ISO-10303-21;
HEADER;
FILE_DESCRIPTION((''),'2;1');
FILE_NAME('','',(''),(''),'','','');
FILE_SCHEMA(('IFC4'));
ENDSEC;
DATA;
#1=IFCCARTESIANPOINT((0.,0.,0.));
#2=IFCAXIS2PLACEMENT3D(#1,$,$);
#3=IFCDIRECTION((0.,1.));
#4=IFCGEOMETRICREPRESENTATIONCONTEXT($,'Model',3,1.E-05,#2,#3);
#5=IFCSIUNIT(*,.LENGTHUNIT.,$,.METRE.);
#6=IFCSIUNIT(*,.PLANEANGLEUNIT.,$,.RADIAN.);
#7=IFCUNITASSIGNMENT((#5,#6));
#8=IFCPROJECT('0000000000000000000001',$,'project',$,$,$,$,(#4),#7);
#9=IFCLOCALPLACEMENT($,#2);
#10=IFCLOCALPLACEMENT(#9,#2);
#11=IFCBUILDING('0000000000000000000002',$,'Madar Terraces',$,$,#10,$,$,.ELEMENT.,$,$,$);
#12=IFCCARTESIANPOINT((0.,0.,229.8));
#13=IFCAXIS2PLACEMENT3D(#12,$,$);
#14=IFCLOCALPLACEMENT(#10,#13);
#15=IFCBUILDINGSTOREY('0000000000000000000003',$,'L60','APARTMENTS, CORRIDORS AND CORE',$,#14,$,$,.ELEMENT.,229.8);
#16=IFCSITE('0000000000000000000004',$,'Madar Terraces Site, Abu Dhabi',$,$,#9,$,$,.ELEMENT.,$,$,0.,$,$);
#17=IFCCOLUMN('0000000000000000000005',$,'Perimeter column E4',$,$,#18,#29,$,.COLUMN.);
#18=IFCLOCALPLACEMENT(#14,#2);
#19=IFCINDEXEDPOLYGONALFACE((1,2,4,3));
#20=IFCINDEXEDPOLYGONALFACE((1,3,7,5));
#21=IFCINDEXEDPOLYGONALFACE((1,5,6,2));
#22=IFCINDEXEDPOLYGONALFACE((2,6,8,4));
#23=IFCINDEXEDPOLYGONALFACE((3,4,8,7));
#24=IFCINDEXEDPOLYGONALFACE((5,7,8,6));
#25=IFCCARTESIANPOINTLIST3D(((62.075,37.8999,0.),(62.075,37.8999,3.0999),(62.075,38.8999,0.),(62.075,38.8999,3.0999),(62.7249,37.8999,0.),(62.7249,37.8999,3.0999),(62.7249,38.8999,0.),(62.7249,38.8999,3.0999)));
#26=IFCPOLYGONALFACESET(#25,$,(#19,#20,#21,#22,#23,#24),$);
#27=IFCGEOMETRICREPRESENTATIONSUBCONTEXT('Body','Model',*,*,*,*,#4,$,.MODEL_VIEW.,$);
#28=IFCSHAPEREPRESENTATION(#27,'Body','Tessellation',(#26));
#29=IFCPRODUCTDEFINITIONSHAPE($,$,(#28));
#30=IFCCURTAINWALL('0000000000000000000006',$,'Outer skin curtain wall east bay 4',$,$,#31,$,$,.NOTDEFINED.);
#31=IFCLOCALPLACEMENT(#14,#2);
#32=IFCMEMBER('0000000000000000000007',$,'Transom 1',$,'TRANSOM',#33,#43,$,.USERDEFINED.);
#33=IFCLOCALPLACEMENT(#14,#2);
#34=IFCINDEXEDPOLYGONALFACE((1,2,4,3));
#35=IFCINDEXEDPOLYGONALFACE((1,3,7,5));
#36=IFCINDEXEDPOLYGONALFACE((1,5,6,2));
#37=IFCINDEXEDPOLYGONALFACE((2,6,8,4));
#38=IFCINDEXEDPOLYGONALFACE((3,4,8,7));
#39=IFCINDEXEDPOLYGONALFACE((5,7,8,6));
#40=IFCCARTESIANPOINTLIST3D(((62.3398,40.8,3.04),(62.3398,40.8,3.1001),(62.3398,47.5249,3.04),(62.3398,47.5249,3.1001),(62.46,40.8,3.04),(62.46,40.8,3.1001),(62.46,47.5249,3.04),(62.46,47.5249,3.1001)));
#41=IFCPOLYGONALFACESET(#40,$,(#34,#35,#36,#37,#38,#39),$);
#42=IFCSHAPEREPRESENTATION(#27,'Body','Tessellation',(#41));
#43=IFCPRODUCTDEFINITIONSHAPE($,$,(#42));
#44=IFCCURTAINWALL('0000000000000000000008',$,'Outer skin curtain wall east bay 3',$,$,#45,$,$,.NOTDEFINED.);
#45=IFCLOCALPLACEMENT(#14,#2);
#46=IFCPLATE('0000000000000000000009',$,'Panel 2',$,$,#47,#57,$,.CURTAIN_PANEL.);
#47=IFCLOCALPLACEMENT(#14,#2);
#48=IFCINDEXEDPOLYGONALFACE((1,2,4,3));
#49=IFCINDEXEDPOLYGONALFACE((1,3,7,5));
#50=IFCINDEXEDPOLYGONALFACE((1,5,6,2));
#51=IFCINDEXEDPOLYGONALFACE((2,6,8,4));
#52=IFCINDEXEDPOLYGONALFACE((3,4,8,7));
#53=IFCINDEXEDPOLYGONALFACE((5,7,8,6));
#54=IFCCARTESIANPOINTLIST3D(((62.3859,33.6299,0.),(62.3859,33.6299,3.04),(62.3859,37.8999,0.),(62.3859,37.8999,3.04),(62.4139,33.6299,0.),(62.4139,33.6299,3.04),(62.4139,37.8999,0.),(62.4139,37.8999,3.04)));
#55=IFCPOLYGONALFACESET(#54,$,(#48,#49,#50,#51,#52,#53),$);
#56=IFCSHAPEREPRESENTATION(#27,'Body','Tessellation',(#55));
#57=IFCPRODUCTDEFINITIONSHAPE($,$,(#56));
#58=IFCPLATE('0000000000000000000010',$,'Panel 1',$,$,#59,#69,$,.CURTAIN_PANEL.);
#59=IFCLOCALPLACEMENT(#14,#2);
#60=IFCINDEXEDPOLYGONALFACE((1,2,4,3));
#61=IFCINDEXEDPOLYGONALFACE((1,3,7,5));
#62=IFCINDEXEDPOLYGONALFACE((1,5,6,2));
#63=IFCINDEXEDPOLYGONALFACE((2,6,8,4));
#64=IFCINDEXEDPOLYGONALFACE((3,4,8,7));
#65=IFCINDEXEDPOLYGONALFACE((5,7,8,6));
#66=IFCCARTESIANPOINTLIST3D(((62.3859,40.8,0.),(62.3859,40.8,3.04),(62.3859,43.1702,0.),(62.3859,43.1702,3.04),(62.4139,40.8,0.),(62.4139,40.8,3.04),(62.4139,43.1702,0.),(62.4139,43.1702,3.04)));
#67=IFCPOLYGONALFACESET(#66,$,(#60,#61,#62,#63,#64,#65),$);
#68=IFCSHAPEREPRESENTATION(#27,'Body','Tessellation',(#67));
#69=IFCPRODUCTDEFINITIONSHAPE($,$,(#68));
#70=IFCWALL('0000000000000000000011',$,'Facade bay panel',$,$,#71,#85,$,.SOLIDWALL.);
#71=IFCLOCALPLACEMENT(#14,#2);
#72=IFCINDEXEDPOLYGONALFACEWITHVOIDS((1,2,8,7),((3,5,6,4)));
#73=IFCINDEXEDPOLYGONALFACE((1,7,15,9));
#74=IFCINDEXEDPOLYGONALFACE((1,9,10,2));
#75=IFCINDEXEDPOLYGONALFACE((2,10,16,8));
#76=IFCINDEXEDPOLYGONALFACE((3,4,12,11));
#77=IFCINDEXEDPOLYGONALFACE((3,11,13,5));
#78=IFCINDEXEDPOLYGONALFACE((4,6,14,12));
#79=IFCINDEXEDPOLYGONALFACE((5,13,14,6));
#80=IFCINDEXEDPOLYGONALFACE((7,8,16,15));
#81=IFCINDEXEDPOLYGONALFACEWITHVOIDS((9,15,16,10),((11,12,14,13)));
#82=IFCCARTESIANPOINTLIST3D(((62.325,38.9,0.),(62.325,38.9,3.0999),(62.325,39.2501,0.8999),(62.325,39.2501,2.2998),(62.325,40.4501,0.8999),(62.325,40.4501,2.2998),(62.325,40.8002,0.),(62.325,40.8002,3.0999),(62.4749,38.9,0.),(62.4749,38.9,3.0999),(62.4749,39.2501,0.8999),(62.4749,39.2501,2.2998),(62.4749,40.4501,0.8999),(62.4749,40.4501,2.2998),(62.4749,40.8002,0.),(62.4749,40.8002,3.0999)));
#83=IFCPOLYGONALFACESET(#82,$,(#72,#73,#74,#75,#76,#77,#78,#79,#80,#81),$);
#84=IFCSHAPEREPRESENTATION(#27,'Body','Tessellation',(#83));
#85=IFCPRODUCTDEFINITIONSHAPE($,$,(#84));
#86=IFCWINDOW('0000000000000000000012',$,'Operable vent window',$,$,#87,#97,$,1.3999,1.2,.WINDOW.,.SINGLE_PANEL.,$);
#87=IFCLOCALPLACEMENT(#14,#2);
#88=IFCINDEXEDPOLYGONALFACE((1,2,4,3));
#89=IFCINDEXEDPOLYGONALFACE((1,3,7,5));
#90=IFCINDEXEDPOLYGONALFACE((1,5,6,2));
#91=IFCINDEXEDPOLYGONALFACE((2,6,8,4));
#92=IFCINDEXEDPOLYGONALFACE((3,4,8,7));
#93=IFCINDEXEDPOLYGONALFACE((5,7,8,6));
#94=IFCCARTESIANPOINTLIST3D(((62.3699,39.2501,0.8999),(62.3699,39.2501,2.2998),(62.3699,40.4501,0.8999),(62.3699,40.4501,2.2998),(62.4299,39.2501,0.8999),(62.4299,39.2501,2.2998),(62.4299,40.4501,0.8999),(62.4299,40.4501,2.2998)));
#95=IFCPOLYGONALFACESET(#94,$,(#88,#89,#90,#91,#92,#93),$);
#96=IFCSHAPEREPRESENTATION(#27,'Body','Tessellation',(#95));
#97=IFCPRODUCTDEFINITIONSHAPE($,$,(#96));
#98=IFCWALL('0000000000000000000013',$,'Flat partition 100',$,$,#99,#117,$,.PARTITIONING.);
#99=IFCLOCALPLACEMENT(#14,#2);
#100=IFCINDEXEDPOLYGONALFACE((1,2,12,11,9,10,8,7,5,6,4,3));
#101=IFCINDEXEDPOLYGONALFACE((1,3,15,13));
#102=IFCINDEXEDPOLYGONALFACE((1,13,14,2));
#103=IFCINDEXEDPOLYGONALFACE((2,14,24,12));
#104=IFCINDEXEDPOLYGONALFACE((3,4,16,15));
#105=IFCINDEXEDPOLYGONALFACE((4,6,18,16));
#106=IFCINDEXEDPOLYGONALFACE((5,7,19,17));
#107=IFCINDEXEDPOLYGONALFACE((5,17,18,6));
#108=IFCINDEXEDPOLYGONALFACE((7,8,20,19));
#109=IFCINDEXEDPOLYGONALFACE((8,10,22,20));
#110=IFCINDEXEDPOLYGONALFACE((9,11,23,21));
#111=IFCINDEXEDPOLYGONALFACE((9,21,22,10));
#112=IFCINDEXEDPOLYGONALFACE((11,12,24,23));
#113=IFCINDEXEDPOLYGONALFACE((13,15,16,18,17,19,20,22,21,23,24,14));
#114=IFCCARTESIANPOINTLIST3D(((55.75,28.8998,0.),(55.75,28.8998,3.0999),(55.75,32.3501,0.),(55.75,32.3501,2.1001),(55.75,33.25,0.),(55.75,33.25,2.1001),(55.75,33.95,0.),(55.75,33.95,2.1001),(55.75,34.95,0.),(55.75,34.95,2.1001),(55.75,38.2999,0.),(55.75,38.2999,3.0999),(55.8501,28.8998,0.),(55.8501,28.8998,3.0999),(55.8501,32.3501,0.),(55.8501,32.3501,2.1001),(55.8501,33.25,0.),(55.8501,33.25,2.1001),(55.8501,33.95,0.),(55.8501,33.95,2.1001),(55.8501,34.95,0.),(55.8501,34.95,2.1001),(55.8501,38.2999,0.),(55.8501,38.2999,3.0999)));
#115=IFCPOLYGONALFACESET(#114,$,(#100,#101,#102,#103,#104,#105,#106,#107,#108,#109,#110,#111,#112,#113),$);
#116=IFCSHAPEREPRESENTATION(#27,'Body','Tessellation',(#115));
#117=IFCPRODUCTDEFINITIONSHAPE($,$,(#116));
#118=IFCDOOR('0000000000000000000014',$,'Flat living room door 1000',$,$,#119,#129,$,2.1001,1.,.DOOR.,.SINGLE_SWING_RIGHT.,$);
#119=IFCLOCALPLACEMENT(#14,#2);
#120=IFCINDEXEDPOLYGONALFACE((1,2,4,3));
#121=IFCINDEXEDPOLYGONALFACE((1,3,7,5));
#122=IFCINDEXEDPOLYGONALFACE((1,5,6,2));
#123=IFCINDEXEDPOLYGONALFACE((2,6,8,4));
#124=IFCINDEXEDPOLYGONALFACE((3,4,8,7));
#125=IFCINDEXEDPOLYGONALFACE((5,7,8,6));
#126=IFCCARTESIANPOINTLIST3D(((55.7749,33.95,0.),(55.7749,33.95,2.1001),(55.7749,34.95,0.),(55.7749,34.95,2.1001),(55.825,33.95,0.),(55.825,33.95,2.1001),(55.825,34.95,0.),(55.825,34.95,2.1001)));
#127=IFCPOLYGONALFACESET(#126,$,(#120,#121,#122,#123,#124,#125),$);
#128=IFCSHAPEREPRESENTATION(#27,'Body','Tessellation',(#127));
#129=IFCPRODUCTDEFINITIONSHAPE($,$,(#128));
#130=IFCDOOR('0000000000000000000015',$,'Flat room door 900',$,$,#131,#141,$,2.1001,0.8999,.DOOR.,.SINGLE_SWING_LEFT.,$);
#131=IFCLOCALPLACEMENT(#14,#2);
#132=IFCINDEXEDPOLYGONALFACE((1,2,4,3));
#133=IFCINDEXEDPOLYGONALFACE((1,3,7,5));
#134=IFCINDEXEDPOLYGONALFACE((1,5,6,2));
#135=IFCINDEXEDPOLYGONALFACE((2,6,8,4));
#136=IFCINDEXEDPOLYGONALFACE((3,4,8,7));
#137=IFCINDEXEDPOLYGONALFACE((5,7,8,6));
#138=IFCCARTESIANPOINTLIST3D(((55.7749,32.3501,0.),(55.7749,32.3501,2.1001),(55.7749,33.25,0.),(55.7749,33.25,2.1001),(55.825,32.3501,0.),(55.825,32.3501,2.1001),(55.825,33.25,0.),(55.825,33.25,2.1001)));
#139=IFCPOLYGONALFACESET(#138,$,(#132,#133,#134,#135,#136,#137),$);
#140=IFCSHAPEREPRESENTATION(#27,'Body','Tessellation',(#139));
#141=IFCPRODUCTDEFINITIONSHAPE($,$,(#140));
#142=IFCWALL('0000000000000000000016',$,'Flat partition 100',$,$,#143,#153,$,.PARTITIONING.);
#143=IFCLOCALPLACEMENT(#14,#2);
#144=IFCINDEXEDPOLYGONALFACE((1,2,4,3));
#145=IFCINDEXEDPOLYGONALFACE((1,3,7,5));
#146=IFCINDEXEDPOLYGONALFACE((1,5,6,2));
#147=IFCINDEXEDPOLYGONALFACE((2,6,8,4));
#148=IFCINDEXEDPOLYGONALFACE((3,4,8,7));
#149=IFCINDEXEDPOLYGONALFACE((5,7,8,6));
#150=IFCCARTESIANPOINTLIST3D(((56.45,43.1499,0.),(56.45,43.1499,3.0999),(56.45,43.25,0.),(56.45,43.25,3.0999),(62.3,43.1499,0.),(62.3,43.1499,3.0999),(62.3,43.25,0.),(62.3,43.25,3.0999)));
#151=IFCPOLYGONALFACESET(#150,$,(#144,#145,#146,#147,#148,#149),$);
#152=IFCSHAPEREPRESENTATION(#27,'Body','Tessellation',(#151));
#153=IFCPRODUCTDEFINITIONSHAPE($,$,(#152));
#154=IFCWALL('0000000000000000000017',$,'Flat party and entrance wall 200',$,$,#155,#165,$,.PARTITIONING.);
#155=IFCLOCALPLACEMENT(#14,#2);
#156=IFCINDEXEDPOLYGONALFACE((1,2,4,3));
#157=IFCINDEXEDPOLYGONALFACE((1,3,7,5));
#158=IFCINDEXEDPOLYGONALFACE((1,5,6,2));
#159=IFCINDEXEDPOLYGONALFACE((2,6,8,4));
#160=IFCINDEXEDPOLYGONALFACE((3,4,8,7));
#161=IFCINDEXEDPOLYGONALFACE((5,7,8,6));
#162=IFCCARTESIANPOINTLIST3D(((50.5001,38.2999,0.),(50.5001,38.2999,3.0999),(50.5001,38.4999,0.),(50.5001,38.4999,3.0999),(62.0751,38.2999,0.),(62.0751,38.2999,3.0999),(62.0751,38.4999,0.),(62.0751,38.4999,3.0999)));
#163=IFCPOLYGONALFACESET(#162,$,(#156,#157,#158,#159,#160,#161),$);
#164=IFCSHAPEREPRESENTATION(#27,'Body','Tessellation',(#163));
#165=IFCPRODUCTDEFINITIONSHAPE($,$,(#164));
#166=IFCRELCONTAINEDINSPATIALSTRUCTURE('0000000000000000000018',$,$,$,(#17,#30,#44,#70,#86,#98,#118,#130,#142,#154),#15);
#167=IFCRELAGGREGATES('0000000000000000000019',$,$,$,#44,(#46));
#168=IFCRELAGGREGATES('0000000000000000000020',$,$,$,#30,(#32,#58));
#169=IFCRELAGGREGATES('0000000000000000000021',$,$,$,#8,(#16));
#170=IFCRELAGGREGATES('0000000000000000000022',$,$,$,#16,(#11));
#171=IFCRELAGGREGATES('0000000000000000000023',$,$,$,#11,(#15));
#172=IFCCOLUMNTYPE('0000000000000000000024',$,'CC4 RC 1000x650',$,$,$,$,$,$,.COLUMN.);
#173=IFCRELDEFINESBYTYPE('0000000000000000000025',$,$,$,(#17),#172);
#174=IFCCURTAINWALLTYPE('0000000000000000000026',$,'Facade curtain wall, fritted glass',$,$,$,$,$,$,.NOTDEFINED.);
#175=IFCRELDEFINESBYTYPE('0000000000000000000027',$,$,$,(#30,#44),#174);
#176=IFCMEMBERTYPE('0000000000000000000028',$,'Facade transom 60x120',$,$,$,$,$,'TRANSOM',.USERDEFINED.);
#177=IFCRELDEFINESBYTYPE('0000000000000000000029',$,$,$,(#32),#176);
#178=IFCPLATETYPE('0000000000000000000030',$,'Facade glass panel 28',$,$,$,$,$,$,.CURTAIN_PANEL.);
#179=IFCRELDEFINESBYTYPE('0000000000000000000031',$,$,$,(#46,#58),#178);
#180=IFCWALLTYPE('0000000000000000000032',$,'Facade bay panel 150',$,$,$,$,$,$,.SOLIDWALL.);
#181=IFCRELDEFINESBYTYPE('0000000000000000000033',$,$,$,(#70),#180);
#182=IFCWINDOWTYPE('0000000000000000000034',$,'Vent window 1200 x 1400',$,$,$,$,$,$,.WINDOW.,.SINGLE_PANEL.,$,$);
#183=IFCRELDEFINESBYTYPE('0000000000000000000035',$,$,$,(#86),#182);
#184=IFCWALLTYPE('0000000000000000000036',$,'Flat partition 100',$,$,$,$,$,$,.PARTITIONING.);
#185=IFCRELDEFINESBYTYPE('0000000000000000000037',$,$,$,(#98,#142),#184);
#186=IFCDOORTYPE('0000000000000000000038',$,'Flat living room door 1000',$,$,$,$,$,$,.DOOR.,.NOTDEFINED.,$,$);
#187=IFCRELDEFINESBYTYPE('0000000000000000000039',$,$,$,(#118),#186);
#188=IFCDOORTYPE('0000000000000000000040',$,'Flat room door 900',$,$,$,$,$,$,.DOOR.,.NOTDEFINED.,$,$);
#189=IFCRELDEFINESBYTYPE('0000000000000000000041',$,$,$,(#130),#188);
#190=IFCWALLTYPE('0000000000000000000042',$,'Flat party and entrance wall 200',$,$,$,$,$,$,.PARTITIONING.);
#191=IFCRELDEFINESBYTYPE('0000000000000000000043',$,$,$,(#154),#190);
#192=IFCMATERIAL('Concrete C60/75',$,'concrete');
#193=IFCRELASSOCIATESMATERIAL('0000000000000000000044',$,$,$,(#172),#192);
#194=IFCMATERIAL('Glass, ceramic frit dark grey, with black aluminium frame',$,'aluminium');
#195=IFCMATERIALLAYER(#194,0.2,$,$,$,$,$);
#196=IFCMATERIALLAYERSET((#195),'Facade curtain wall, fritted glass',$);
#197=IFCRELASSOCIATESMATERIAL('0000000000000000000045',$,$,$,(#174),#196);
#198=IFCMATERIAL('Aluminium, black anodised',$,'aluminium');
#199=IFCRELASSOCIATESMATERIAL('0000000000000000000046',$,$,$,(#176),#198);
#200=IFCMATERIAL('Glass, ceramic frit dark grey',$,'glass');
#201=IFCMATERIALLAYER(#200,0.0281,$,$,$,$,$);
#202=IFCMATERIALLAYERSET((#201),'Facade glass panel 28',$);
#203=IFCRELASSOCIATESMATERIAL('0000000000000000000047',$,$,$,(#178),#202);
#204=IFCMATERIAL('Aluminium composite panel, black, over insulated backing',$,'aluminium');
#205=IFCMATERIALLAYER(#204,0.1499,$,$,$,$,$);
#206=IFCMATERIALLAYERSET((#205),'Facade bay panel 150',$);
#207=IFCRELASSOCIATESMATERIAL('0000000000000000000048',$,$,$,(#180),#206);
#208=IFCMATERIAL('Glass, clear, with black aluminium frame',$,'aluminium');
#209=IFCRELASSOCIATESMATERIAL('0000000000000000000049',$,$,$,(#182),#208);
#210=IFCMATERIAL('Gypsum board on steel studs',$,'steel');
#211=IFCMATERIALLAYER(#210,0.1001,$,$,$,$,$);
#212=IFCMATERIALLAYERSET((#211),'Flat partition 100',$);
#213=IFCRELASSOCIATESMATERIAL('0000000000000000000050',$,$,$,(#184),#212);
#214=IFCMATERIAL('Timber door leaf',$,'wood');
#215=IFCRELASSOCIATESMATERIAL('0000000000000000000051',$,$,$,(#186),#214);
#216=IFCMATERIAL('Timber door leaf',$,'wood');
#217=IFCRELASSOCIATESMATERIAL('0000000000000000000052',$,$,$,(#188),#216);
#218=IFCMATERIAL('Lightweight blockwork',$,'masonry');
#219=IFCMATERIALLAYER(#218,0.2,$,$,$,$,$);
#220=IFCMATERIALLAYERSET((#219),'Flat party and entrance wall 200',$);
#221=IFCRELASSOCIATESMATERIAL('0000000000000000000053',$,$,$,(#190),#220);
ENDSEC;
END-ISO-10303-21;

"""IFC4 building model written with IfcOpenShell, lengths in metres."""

from ifc_helpers import new_model, si_unit, direction, frame, frame_2d, origin, origin_2d, place, context, subcontext, project, spatial, rectangle, extrude, material, layer, layer_set, material_profile, profile_set, type_object, element, fill, aggregate, save


model = new_model("IFC4")

# Units and contexts
model_context = context("Model", 3, precision=1e-05, world=origin(), true_north=direction((0.0, 1.0)))
body_context = subcontext(model_context, "Body", "Model", "MODEL_VIEW")
ifc_project = project(units=[si_unit("LENGTHUNIT", "METRE"), si_unit("PLANEANGLEUNIT", "RADIAN")], contexts=[model_context])

# Site, building, storey
site_placement = place(None, origin())
site = spatial("IfcSite", under=ifc_project, at=site_placement, Name="Madar Terraces Site, Abu Dhabi", CompositionType="ELEMENT", RefElevation=0.0)
building_placement = place(site_placement, origin())
building = spatial("IfcBuilding", under=site, at=building_placement, Name="Madar Terraces", CompositionType="ELEMENT")
storey_placement = place(building_placement, frame((0.0, 0.0, 229.8)))
storey = spatial("IfcBuildingStorey", under=building, at=storey_placement, Name="L60", Description="APARTMENTS, CORRIDORS AND CORE", CompositionType="ELEMENT", Elevation=229.8)

# Column
ifc_material_1 = material(Name="Concrete C60/75", Category="concrete")
ifc_material_profile_1 = material_profile(ifc_material_1, rectangle(XDim=1.0, YDim=0.6499, at=origin_2d()), Name="CC4 RC 1000x650")
ifc_profile_set_1 = profile_set([ifc_material_profile_1], Name="Concrete C60/75")
column_type = type_object("IfcColumnType", Name="CC4 RC 1000x650", PredefinedType="COLUMN", material=ifc_profile_set_1)
column_placement = place(storey_placement, frame((62.3999, 38.3999, 0.0), z_axis=(0.0, 0.0, 1.0), x_axis=(0.0, 1.0, 0.0)))
element("IfcColumn", 1, at=column_placement, inside=storey, type_object=column_type, Name="Perimeter column E4", PredefinedType="COLUMN", context=body_context, shape_type="SweptSolid", body=[
    extrude(rectangle(XDim=1.0, YDim=0.6499, at=origin_2d()), origin(), (0.0, 0.0, 1.0), 3.0999),
])

# Curtain wall, member
ifc_material_2 = material(Name="Glass, ceramic frit dark grey, with black aluminium frame", Category="aluminium")
ifc_layer_1 = layer(ifc_material_2, 0.2)
ifc_layer_set_1 = layer_set([ifc_layer_1], Name="Facade curtain wall, fritted glass")
curtain_wall_type = type_object("IfcCurtainWallType", Name="Facade curtain wall, fritted glass", PredefinedType="NOTDEFINED", material=ifc_layer_set_1)
curtain_wall_1_placement = place(storey_placement, origin())
curtain_wall_1 = element("IfcCurtainWall", 2, at=curtain_wall_1_placement, inside=storey, type_object=curtain_wall_type, Name="Outer skin curtain wall east bay 4", PredefinedType="NOTDEFINED")
ifc_material_3 = material(Name="Aluminium, black anodised", Category="aluminium")
ifc_material_profile_2 = material_profile(ifc_material_3, rectangle(XDim=0.1201, YDim=0.0601, at=origin_2d()), Name="Facade transom 60x120")
ifc_profile_set_2 = profile_set([ifc_material_profile_2], Name="Aluminium, black anodised")
member_type = type_object("IfcMemberType", Name="Facade transom 60x120", ElementType="TRANSOM", PredefinedType="USERDEFINED", material=ifc_profile_set_2)
member_placement = place(storey_placement, frame((62.3999, 40.8, 3.0701), z_axis=(0.0, 1.0, 0.0), x_axis=(-1.0, 0.0, 0.0)))
member = element("IfcMember", 3, at=member_placement, type_object=member_type, Name="Transom 1", ObjectType="TRANSOM", PredefinedType="USERDEFINED", context=body_context, shape_type="SweptSolid", body=[
    extrude(rectangle(XDim=0.1201, YDim=0.0601, at=origin_2d()), origin(), (0.0, 0.0, 1.0), 6.7249),
])

# Curtain wall, plate
curtain_wall_2_placement = place(storey_placement, origin())
curtain_wall_2 = element("IfcCurtainWall", 4, at=curtain_wall_2_placement, inside=storey, type_object=curtain_wall_type, Name="Outer skin curtain wall east bay 3", PredefinedType="NOTDEFINED")
ifc_material_4 = material(Name="Glass, ceramic frit dark grey", Category="glass")
ifc_layer_2 = layer(ifc_material_4, 0.0281)
ifc_layer_set_2 = layer_set([ifc_layer_2], Name="Facade glass panel 28")
plate_type = type_object("IfcPlateType", Name="Facade glass panel 28", PredefinedType="CURTAIN_PANEL", material=ifc_layer_set_2)
plate_1_placement = place(storey_placement, frame((62.3999, 35.7649, 0.0), z_axis=(0.0, 0.0, 1.0), x_axis=(0.0, 1.0, 0.0)))
plate_1 = element("IfcPlate", 5, at=plate_1_placement, type_object=plate_type, Name="Panel 2", PredefinedType="CURTAIN_PANEL", context=body_context, shape_type="SweptSolid", body=[
    extrude(rectangle(XDim=4.27, YDim=0.0281, at=origin_2d()), origin(), (0.0, 0.0, 1.0), 3.04),
])
aggregate(curtain_wall_2, [plate_1])

# Plate
plate_2_placement = place(storey_placement, frame((62.3999, 41.9851, 0.0), z_axis=(0.0, 0.0, 1.0), x_axis=(0.0, 1.0, 0.0)))
plate_2 = element("IfcPlate", 6, at=plate_2_placement, type_object=plate_type, Name="Panel 1", PredefinedType="CURTAIN_PANEL", context=body_context, shape_type="SweptSolid", body=[
    extrude(rectangle(XDim=2.3701, YDim=0.0281, at=origin_2d()), origin(), (0.0, 0.0, 1.0), 3.04),
])
aggregate(curtain_wall_1, [member, plate_2])

# Wall, opening, window
ifc_material_5 = material(Name="Aluminium composite panel, black, over insulated backing", Category="aluminium")
ifc_layer_3 = layer(ifc_material_5, 0.1499)
ifc_layer_set_3 = layer_set([ifc_layer_3], Name="Facade bay panel 150")
wall_type_1 = type_object("IfcWallType", Name="Facade bay panel 150", PredefinedType="SOLIDWALL", material=ifc_layer_set_3)
wall_1_placement = place(storey_placement, frame((62.3999, 38.8999, 0.0), z_axis=(0.0, 0.0, 1.0), x_axis=(0.0, 1.0, 0.0)))
wall_1 = element("IfcWall", 7, at=wall_1_placement, inside=storey, type_object=wall_type_1, Name="Facade bay panel", PredefinedType="SOLIDWALL", context=body_context, shape_type="SweptSolid", body=[
    extrude(rectangle(XDim=1.9001, YDim=0.1499, at=frame_2d((0.9502, 0.0))), origin(), (0.0, 0.0, 1.0), 3.0999),
])
opening_1_placement = place(wall_1_placement, frame((0.3501, 0.0, 0.8999)))
opening_1 = element("IfcOpeningElement", 8, at=opening_1_placement, cuts=wall_1, PredefinedType="OPENING", context=body_context, shape_type="SweptSolid", body=[
    extrude(rectangle(XDim=1.2, YDim=1.3999, at=frame_2d((0.6001, 0.7))), frame((0.0, 0.085, 0.0), z_axis=(0.0, -1.0, 0.0), x_axis=(1.0, 0.0, 0.0)), (0.0, 0.0, 1.0), 0.1699),
])
ifc_material_6 = material(Name="Glass, clear, with black aluminium frame", Category="aluminium")
window_type = type_object("IfcWindowType", Name="Vent window 1200 x 1400", PartitioningType="SINGLE_PANEL", PredefinedType="WINDOW", material=ifc_material_6)
window_placement = place(opening_1_placement, origin())
window = element("IfcWindow", 9, at=window_placement, inside=storey, type_object=window_type, Name="Operable vent window", OverallHeight=1.3999, OverallWidth=1.2, PartitioningType="SINGLE_PANEL", PredefinedType="WINDOW", context=body_context, shape_type="SweptSolid", body=[
    extrude(rectangle(XDim=1.2, YDim=1.3999, at=frame_2d((0.6001, 0.7))), frame((0.0, 0.03, 0.0), z_axis=(0.0, -1.0, 0.0), x_axis=(1.0, 0.0, 0.0)), (0.0, 0.0, 1.0), 0.0601),
])
fill(opening_1, window)

# Wall, openings, doors
ifc_material_7 = material(Name="Gypsum board on steel studs", Category="steel")
ifc_layer_4 = layer(ifc_material_7, 0.1001)
ifc_layer_set_4 = layer_set([ifc_layer_4], Name="Flat partition 100")
wall_type_2 = type_object("IfcWallType", Name="Flat partition 100", PredefinedType="PARTITIONING", material=ifc_layer_set_4)
wall_2_placement = place(storey_placement, frame((55.8, 38.3, 0.0), z_axis=(0.0, 0.0, 1.0), x_axis=(0.0, -1.0, 0.0)))
wall_2 = element("IfcWall", 10, at=wall_2_placement, inside=storey, type_object=wall_type_2, Name="Flat partition 100", PredefinedType="PARTITIONING", context=body_context, shape_type="SweptSolid", body=[
    extrude(rectangle(XDim=9.4001, YDim=0.1001, at=frame_2d((4.7002, 0.0))), origin(), (0.0, 0.0, 1.0), 3.0999),
])
opening_2_placement = place(wall_2_placement, frame((3.3501, 0.0, 0.0)))
opening_2 = element("IfcOpeningElement", 11, at=opening_2_placement, cuts=wall_2, PredefinedType="OPENING", context=body_context, shape_type="SweptSolid", body=[
    extrude(rectangle(XDim=1.0, YDim=2.1001, at=frame_2d((0.5, 1.05))), frame((0.0, 0.0601, 0.0), z_axis=(0.0, -1.0, 0.0), x_axis=(1.0, 0.0, 0.0)), (0.0, 0.0, 1.0), 0.1201),
])
opening_3_placement = place(wall_2_placement, frame((5.05, 0.0, 0.0)))
opening_3 = element("IfcOpeningElement", 12, at=opening_3_placement, cuts=wall_2, PredefinedType="OPENING", context=body_context, shape_type="SweptSolid", body=[
    extrude(rectangle(XDim=0.8999, YDim=2.1001, at=frame_2d((0.45, 1.05))), frame((0.0, 0.0601, 0.0), z_axis=(0.0, -1.0, 0.0), x_axis=(1.0, 0.0, 0.0)), (0.0, 0.0, 1.0), 0.1201),
])
ifc_material_8 = material(Name="Timber door leaf", Category="wood")
door_type_1 = type_object("IfcDoorType", Name="Flat living room door 1000", OperationType="NOTDEFINED", PredefinedType="DOOR", material=ifc_material_8)
door_1_placement = place(opening_2_placement, origin())
door_1 = element("IfcDoor", 13, at=door_1_placement, inside=storey, type_object=door_type_1, Name="Flat living room door 1000", OperationType="SINGLE_SWING_RIGHT", OverallHeight=2.1001, OverallWidth=1.0, PredefinedType="DOOR", context=body_context, shape_type="SweptSolid", body=[
    extrude(rectangle(XDim=1.0, YDim=2.1001, at=frame_2d((0.5, 1.05))), frame((0.0, 0.0249, 0.0), z_axis=(0.0, -1.0, 0.0), x_axis=(1.0, 0.0, 0.0)), (0.0, 0.0, 1.0), 0.05),
])
fill(opening_2, door_1)
ifc_material_9 = material(Name="Timber door leaf", Category="wood")
door_type_2 = type_object("IfcDoorType", Name="Flat room door 900", OperationType="NOTDEFINED", PredefinedType="DOOR", material=ifc_material_9)
door_2_placement = place(opening_3_placement, origin())
door_2 = element("IfcDoor", 14, at=door_2_placement, inside=storey, type_object=door_type_2, Name="Flat room door 900", OperationType="SINGLE_SWING_LEFT", OverallHeight=2.1001, OverallWidth=0.8999, PredefinedType="DOOR", context=body_context, shape_type="SweptSolid", body=[
    extrude(rectangle(XDim=0.8999, YDim=2.1001, at=frame_2d((0.45, 1.05))), frame((0.0, 0.0249, 0.0), z_axis=(0.0, -1.0, 0.0), x_axis=(1.0, 0.0, 0.0)), (0.0, 0.0, 1.0), 0.05),
])
fill(opening_3, door_2)

# Walls
wall_3_placement = place(storey_placement, frame((56.45, 43.2, 0.0), z_axis=(0.0, 0.0, 1.0), x_axis=(1.0, 0.0, 0.0)))
element("IfcWall", 15, at=wall_3_placement, inside=storey, type_object=wall_type_2, Name="Flat partition 100", PredefinedType="PARTITIONING", context=body_context, shape_type="SweptSolid", body=[
    extrude(rectangle(XDim=5.8501, YDim=0.1001, at=frame_2d((2.925, 0.0))), origin(), (0.0, 0.0, 1.0), 3.0999),
])
ifc_material_10 = material(Name="Lightweight blockwork", Category="masonry")
ifc_layer_5 = layer(ifc_material_10, 0.2)
ifc_layer_set_5 = layer_set([ifc_layer_5], Name="Flat party and entrance wall 200")
wall_type_3 = type_object("IfcWallType", Name="Flat party and entrance wall 200", PredefinedType="PARTITIONING", material=ifc_layer_set_5)
wall_4_placement = place(storey_placement, frame((50.5, 38.3999, 0.0), z_axis=(0.0, 0.0, 1.0), x_axis=(1.0, 0.0, 0.0)))
element("IfcWall", 16, at=wall_4_placement, inside=storey, type_object=wall_type_3, Name="Flat party and entrance wall 200", PredefinedType="PARTITIONING", context=body_context, shape_type="SweptSolid", body=[
    extrude(rectangle(XDim=11.575, YDim=0.2, at=frame_2d((5.7876, 0.0))), origin(), (0.0, 0.0, 1.0), 3.0999),
])

save(model, "model.ifc")
